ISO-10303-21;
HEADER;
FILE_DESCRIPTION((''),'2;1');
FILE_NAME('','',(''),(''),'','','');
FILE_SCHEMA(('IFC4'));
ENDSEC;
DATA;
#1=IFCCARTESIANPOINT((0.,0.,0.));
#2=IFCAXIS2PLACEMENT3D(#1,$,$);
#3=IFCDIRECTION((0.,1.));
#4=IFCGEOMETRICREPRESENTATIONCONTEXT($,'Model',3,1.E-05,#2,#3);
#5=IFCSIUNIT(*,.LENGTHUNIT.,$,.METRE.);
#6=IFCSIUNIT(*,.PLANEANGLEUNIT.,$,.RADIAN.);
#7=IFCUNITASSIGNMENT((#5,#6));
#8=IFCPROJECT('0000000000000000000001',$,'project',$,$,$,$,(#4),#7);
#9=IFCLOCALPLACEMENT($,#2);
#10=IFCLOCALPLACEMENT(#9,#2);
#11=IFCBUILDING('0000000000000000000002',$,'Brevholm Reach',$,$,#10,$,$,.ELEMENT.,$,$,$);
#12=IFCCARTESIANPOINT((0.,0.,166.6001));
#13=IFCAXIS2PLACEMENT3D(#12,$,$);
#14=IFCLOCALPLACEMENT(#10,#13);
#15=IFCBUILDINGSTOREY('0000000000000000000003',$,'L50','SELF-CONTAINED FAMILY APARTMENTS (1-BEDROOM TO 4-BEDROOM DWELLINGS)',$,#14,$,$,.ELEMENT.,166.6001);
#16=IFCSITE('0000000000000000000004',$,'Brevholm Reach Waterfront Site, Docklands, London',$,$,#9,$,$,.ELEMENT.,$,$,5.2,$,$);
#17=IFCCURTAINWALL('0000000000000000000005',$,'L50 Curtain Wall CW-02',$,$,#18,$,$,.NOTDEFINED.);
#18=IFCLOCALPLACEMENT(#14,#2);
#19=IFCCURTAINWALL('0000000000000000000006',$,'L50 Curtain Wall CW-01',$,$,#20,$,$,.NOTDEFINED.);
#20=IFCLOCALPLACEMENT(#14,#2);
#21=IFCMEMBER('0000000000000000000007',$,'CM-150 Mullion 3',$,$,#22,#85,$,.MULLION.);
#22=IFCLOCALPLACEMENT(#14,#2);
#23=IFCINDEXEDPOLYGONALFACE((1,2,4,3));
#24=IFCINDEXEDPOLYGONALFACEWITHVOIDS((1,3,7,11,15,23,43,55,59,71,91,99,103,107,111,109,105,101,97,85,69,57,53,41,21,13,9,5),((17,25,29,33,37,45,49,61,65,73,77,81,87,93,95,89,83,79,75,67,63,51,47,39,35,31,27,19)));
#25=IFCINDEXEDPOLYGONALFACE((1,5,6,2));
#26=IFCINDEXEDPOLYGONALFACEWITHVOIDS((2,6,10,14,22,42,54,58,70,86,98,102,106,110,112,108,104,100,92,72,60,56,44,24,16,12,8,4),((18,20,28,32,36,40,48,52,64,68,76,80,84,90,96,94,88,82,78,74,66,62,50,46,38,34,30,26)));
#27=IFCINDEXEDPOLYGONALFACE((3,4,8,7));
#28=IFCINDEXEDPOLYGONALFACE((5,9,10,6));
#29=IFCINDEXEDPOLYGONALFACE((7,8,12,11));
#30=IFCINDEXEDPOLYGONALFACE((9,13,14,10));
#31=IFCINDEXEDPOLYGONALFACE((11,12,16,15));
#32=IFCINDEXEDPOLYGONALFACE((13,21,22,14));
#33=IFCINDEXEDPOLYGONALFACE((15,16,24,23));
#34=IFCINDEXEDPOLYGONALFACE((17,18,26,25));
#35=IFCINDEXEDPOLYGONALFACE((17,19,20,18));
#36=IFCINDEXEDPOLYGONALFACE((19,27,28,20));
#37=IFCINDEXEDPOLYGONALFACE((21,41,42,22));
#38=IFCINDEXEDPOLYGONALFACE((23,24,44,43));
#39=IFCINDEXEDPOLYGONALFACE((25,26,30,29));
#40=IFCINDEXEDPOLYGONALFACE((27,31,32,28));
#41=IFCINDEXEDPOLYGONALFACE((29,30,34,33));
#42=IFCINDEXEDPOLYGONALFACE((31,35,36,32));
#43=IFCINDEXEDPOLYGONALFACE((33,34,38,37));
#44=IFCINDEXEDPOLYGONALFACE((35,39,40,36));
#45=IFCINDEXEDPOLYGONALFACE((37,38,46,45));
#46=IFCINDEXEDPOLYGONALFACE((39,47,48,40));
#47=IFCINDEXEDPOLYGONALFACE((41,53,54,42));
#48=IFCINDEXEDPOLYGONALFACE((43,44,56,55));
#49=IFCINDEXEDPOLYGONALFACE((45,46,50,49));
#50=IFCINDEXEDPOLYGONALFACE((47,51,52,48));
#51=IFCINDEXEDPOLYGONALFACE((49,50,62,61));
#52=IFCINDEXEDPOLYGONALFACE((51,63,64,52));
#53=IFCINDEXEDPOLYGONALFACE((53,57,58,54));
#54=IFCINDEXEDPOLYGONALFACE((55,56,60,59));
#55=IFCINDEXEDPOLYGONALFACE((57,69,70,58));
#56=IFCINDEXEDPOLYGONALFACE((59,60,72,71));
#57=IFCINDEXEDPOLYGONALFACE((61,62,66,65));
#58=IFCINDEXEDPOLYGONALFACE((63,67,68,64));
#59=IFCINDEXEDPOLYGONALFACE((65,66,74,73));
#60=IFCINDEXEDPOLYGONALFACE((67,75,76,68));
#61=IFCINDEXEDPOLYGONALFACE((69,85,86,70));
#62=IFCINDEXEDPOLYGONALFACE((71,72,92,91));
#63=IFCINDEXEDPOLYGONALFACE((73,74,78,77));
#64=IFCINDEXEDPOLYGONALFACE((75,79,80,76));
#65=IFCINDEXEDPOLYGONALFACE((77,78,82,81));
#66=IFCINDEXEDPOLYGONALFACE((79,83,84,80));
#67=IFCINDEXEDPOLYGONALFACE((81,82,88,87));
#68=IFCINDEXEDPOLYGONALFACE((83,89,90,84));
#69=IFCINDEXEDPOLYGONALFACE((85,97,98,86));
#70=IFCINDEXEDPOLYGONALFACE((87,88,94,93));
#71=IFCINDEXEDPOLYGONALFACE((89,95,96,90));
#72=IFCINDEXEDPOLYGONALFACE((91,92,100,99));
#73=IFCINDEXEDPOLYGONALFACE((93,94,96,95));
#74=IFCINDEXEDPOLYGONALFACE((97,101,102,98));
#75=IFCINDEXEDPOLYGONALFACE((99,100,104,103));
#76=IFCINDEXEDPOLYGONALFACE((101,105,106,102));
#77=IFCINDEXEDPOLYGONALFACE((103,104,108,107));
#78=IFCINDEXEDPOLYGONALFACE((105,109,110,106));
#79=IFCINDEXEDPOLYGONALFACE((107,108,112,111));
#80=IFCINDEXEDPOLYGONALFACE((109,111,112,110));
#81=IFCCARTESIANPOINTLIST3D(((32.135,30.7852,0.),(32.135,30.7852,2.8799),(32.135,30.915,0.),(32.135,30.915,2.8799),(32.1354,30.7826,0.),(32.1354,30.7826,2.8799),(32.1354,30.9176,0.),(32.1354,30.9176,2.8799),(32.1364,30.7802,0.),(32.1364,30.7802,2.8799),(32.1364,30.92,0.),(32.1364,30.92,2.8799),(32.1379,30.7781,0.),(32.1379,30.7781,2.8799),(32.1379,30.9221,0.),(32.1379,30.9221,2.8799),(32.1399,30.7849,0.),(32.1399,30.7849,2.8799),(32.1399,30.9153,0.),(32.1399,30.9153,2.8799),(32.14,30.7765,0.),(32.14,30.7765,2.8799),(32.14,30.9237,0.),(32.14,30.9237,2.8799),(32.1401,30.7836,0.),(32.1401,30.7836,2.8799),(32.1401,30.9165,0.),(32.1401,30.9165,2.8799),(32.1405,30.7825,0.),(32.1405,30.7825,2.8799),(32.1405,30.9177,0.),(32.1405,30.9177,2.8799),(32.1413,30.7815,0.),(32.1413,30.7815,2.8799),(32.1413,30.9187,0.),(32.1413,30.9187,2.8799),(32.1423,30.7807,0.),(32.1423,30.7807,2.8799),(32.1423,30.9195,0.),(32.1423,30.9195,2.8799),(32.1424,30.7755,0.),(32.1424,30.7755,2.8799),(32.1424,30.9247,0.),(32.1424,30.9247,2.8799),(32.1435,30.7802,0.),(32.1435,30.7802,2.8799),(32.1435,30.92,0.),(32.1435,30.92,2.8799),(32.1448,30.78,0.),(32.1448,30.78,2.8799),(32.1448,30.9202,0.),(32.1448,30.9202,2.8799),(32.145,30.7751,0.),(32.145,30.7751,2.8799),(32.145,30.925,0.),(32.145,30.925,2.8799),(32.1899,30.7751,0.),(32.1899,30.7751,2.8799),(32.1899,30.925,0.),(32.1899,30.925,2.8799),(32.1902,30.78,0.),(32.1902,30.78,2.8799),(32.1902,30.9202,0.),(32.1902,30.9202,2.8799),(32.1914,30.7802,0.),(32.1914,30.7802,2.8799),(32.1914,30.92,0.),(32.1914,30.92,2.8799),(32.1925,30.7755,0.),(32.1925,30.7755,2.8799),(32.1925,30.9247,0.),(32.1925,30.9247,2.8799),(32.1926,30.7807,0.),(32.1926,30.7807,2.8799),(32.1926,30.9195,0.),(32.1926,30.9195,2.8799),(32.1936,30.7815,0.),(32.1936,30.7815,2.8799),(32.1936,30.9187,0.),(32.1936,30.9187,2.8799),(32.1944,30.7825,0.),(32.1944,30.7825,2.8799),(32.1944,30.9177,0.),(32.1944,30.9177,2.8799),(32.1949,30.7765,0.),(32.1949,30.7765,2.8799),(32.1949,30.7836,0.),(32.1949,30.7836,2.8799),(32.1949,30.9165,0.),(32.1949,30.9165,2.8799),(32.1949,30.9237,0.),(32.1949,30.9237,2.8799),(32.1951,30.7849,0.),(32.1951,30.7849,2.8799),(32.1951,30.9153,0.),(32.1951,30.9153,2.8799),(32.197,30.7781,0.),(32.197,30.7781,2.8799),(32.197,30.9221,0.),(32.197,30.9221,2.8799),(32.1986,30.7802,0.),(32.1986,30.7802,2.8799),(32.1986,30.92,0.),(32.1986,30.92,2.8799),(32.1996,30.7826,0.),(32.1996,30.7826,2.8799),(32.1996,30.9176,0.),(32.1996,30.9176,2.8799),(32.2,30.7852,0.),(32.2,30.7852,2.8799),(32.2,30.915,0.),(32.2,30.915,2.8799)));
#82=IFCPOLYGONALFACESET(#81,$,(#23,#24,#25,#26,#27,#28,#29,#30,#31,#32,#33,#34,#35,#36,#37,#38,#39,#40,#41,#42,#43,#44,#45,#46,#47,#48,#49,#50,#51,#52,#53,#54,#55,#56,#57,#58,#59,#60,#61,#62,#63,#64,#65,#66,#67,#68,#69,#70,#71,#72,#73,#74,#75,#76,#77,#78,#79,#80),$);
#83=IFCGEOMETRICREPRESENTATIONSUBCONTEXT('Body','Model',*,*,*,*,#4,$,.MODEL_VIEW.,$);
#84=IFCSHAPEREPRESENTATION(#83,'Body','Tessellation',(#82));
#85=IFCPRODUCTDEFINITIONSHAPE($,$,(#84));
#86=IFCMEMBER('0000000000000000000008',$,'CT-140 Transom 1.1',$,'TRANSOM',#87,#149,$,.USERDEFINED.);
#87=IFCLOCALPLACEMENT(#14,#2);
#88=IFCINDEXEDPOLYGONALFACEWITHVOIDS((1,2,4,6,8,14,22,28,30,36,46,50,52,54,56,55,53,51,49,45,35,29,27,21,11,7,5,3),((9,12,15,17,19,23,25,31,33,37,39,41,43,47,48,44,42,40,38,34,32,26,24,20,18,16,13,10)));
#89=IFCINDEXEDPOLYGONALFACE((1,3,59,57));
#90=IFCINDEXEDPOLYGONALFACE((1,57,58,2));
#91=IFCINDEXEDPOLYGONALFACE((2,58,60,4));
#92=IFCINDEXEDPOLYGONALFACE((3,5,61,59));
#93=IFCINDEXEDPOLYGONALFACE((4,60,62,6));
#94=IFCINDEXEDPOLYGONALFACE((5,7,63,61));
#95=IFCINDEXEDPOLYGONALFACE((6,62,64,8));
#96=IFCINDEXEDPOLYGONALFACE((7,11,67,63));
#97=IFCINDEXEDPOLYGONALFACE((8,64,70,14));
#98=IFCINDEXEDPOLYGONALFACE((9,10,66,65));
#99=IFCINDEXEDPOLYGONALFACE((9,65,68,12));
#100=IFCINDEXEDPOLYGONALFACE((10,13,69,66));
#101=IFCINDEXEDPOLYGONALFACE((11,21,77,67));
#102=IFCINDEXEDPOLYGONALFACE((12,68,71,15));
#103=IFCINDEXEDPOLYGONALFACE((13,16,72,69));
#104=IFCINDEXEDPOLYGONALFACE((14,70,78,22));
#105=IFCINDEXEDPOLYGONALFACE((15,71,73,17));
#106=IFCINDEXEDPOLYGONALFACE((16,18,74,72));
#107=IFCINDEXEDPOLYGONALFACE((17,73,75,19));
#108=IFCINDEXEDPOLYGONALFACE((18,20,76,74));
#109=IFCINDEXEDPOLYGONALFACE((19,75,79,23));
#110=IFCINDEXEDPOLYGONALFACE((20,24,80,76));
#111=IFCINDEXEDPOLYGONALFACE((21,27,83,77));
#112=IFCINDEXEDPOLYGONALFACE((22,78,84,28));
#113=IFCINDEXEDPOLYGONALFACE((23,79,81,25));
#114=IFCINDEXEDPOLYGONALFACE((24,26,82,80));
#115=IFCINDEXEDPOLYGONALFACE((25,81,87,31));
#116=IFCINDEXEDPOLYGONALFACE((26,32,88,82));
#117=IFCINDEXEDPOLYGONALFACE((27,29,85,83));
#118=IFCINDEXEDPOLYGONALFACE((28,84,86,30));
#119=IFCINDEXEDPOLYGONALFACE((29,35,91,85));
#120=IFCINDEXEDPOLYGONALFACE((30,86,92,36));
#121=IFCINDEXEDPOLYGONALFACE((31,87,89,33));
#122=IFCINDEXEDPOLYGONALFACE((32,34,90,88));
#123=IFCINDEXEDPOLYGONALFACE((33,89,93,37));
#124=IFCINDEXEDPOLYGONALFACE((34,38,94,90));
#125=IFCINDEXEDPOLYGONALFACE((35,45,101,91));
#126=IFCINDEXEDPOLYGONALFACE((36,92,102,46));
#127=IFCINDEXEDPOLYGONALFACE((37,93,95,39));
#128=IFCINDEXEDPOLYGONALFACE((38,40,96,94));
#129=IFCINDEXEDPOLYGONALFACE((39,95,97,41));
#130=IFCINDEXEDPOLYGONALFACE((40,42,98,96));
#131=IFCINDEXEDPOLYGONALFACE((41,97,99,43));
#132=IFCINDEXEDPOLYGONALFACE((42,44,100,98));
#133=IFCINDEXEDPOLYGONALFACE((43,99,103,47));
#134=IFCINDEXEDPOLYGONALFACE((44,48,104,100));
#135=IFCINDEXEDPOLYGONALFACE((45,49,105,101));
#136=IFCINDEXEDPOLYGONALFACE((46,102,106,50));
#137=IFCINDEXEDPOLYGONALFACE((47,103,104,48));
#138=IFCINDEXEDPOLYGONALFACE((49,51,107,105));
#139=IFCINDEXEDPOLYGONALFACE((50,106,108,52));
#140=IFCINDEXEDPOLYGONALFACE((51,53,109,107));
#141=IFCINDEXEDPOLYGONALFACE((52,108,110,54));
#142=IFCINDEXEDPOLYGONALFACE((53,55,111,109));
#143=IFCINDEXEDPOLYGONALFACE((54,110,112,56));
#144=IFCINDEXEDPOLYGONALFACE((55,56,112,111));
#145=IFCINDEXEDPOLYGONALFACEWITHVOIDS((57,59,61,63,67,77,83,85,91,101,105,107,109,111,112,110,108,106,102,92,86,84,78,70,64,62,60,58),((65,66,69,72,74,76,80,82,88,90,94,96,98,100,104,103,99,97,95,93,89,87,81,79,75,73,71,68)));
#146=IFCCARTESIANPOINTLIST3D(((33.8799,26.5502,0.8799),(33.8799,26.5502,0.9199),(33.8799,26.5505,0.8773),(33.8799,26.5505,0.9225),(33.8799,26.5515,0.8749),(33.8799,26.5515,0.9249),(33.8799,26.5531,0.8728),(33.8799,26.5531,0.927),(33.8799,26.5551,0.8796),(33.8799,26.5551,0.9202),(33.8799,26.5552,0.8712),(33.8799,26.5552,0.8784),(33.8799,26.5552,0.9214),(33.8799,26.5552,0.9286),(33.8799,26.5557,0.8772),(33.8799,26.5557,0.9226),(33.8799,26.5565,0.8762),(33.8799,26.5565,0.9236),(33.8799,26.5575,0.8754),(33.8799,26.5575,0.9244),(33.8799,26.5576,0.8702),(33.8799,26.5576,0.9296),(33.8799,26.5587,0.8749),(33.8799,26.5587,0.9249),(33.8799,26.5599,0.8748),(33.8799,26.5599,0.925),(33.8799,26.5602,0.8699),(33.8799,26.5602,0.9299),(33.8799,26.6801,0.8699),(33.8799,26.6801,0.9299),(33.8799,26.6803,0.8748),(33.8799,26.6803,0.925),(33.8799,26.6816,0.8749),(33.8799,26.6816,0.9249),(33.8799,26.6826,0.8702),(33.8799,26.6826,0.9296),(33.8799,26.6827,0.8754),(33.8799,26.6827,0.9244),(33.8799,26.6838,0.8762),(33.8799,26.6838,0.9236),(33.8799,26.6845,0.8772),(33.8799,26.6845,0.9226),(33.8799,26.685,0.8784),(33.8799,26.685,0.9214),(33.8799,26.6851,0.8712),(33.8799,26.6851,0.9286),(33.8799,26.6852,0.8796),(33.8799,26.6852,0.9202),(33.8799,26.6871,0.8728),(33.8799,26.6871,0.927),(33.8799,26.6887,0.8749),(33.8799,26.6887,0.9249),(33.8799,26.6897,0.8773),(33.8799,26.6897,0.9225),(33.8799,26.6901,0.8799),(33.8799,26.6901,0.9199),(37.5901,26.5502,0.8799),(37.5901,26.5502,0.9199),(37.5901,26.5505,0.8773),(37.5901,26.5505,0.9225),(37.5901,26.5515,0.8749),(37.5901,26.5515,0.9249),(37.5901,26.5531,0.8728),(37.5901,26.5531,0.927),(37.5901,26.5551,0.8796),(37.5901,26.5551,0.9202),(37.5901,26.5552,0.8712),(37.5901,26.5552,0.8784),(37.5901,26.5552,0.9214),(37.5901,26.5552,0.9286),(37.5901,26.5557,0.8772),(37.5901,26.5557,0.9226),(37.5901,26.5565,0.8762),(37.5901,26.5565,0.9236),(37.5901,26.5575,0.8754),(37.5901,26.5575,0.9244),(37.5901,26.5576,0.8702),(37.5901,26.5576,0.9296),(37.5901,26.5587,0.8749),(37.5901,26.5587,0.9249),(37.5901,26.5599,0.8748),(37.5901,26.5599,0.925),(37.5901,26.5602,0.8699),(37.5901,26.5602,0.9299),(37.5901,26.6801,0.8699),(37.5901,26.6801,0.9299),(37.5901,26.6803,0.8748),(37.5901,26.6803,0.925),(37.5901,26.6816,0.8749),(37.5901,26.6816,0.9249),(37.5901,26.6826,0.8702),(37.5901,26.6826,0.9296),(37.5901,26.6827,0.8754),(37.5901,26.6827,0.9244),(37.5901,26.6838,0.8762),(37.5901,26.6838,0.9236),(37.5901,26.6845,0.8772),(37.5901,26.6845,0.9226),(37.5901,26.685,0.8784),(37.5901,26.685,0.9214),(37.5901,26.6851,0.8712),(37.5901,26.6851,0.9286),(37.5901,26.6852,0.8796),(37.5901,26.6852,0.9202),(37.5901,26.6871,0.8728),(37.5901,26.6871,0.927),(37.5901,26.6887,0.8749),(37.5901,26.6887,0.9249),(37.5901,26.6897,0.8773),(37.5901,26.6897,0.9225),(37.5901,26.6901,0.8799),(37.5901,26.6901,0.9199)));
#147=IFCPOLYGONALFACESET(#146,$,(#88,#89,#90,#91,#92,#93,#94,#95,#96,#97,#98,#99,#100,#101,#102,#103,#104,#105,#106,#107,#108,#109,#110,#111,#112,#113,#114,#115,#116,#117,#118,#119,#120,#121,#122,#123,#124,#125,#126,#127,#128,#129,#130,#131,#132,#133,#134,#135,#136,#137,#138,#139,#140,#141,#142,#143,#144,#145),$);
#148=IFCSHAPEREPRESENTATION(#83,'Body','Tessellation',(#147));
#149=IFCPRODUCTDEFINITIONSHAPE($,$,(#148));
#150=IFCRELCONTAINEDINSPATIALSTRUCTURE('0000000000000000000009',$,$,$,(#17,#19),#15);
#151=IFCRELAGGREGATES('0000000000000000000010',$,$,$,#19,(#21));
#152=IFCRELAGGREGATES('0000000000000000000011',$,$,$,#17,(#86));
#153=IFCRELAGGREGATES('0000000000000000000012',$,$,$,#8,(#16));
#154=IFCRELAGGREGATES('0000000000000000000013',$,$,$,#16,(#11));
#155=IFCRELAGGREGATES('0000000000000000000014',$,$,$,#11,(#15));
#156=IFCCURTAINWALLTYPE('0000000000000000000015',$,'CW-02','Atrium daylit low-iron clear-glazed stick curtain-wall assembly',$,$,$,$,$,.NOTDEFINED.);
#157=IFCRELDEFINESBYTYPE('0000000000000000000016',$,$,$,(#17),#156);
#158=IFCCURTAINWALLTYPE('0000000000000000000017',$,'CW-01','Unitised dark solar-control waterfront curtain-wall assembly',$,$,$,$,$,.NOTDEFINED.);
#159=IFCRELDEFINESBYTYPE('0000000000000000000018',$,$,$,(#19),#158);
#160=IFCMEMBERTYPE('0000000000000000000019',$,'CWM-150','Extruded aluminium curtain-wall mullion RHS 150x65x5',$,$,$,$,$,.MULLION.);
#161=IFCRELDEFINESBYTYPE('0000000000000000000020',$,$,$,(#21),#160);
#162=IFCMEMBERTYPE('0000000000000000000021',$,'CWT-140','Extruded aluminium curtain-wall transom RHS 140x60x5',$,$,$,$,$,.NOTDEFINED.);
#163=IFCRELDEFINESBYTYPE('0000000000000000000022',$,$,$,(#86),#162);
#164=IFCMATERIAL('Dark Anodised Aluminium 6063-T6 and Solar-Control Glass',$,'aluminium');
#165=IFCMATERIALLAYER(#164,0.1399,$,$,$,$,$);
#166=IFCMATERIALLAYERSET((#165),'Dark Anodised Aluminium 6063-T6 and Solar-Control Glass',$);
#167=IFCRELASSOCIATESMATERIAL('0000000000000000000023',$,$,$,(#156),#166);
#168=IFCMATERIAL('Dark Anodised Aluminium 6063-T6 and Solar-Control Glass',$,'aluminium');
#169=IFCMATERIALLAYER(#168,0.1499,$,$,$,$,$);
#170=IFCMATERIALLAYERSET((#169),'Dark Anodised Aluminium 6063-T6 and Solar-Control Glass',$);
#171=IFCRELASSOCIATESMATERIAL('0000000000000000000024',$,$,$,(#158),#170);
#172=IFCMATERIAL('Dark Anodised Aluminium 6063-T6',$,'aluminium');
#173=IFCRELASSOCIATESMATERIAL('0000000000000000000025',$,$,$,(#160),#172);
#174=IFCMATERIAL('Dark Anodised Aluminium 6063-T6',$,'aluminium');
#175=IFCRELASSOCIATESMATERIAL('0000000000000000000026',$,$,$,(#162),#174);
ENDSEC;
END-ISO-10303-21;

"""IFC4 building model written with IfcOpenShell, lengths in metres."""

from ifc_helpers import new_model, si_unit, direction, frame, origin, origin_2d, place, context, subcontext, project, spatial, hollow_rectangle, extrude, material, layer, layer_set, material_profile, profile_set, type_object, element, aggregate, save


model = new_model("IFC4")

# Units and contexts
model_context = context("Model", 3, precision=1e-05, world=origin(), true_north=direction((0.0, 1.0)))
body_context = subcontext(model_context, "Body", "Model", "MODEL_VIEW")
ifc_project = project(units=[si_unit("LENGTHUNIT", "METRE"), si_unit("PLANEANGLEUNIT", "RADIAN")], contexts=[model_context])

# Site, building, storey
site_placement = place(None, origin())
site = spatial("IfcSite", under=ifc_project, at=site_placement, Name="Brevholm Reach Waterfront Site, Docklands, London", CompositionType="ELEMENT", RefElevation=5.2)
building_placement = place(site_placement, origin())
building = spatial("IfcBuilding", under=site, at=building_placement, Name="Brevholm Reach", CompositionType="ELEMENT")
storey_placement = place(building_placement, frame((0.0, 0.0, 166.6001)))
storey = spatial("IfcBuildingStorey", under=building, at=storey_placement, Name="L50", Description="SELF-CONTAINED FAMILY APARTMENTS (1-BEDROOM TO 4-BEDROOM DWELLINGS)", CompositionType="ELEMENT", Elevation=166.6001)

# Curtain walls, member
ifc_material_1 = material(Name="Dark Anodised Aluminium 6063-T6 and Solar-Control Glass", Category="aluminium")
ifc_layer_1 = layer(ifc_material_1, 0.1399)
ifc_layer_set_1 = layer_set([ifc_layer_1], Name="Dark Anodised Aluminium 6063-T6 and Solar-Control Glass")
curtain_wall_type_1 = type_object("IfcCurtainWallType", Name="CW-02", Description="Atrium daylit low-iron clear-glazed stick curtain-wall assembly", PredefinedType="NOTDEFINED", material=ifc_layer_set_1)
curtain_wall_1_placement = place(storey_placement, origin())
curtain_wall_1 = element("IfcCurtainWall", 1, at=curtain_wall_1_placement, inside=storey, type_object=curtain_wall_type_1, Name="L50 Curtain Wall CW-02", PredefinedType="NOTDEFINED")
ifc_material_2 = material(Name="Dark Anodised Aluminium 6063-T6 and Solar-Control Glass", Category="aluminium")
ifc_layer_2 = layer(ifc_material_2, 0.1499)
ifc_layer_set_2 = layer_set([ifc_layer_2], Name="Dark Anodised Aluminium 6063-T6 and Solar-Control Glass")
curtain_wall_type_2 = type_object("IfcCurtainWallType", Name="CW-01", Description="Unitised dark solar-control waterfront curtain-wall assembly", PredefinedType="NOTDEFINED", material=ifc_layer_set_2)
curtain_wall_2_placement = place(storey_placement, origin())
curtain_wall_2 = element("IfcCurtainWall", 2, at=curtain_wall_2_placement, inside=storey, type_object=curtain_wall_type_2, Name="L50 Curtain Wall CW-01", PredefinedType="NOTDEFINED")
ifc_material_3 = material(Name="Dark Anodised Aluminium 6063-T6", Category="aluminium")
ifc_material_profile_1 = material_profile(ifc_material_3, hollow_rectangle(XDim=0.0649, YDim=0.1499, WallThickness=0.0049, InnerFilletRadius=0.0049, OuterFilletRadius=0.01, at=origin_2d()), Name="RHS 150x65x5")
ifc_profile_set_1 = profile_set([ifc_material_profile_1], Name="Dark Anodised Aluminium 6063-T6")
member_type_1 = type_object("IfcMemberType", Name="CWM-150", Description="Extruded aluminium curtain-wall mullion RHS 150x65x5", PredefinedType="MULLION", material=ifc_profile_set_1)
member_1_placement = place(storey_placement, frame((32.1675, 30.8501, 0.0), z_axis=(0.0, 0.0, 1.0), x_axis=(1.0, 0.0, 0.0)))
member_1 = element("IfcMember", 3, at=member_1_placement, type_object=member_type_1, Name="CM-150 Mullion 3", PredefinedType="MULLION", context=body_context, shape_type="SweptSolid", body=[
    extrude(hollow_rectangle(XDim=0.0649, YDim=0.1499, WallThickness=0.0049, InnerFilletRadius=0.0049, OuterFilletRadius=0.01, at=origin_2d()), origin(), (0.0, 0.0, 1.0), 2.8799),
])

# Member
ifc_material_4 = material(Name="Dark Anodised Aluminium 6063-T6", Category="aluminium")
ifc_material_profile_2 = material_profile(ifc_material_4, hollow_rectangle(XDim=0.0601, YDim=0.1399, WallThickness=0.0049, InnerFilletRadius=0.0049, OuterFilletRadius=0.01, at=origin_2d()), Name="RHS 140x60x5")
ifc_profile_set_2 = profile_set([ifc_material_profile_2], Name="Dark Anodised Aluminium 6063-T6")
member_type_2 = type_object("IfcMemberType", Name="CWT-140", Description="Extruded aluminium curtain-wall transom RHS 140x60x5", PredefinedType="NOTDEFINED", material=ifc_profile_set_2)
member_2_placement = place(storey_placement, frame((37.5901, 26.6201, 0.8999), z_axis=(-1.0, 0.0, 0.0), x_axis=(0.0, 0.0, 1.0)))
member_2 = element("IfcMember", 4, at=member_2_placement, type_object=member_type_2, Name="CT-140 Transom 1.1", ObjectType="TRANSOM", PredefinedType="USERDEFINED", context=body_context, shape_type="SweptSolid", body=[
    extrude(hollow_rectangle(XDim=0.0601, YDim=0.1399, WallThickness=0.0049, InnerFilletRadius=0.0049, OuterFilletRadius=0.01, at=origin_2d()), origin(), (0.0, 0.0, 1.0), 3.7102),
])

aggregate(curtain_wall_2, [member_1])
aggregate(curtain_wall_1, [member_2])

save(model, "model.ifc")
